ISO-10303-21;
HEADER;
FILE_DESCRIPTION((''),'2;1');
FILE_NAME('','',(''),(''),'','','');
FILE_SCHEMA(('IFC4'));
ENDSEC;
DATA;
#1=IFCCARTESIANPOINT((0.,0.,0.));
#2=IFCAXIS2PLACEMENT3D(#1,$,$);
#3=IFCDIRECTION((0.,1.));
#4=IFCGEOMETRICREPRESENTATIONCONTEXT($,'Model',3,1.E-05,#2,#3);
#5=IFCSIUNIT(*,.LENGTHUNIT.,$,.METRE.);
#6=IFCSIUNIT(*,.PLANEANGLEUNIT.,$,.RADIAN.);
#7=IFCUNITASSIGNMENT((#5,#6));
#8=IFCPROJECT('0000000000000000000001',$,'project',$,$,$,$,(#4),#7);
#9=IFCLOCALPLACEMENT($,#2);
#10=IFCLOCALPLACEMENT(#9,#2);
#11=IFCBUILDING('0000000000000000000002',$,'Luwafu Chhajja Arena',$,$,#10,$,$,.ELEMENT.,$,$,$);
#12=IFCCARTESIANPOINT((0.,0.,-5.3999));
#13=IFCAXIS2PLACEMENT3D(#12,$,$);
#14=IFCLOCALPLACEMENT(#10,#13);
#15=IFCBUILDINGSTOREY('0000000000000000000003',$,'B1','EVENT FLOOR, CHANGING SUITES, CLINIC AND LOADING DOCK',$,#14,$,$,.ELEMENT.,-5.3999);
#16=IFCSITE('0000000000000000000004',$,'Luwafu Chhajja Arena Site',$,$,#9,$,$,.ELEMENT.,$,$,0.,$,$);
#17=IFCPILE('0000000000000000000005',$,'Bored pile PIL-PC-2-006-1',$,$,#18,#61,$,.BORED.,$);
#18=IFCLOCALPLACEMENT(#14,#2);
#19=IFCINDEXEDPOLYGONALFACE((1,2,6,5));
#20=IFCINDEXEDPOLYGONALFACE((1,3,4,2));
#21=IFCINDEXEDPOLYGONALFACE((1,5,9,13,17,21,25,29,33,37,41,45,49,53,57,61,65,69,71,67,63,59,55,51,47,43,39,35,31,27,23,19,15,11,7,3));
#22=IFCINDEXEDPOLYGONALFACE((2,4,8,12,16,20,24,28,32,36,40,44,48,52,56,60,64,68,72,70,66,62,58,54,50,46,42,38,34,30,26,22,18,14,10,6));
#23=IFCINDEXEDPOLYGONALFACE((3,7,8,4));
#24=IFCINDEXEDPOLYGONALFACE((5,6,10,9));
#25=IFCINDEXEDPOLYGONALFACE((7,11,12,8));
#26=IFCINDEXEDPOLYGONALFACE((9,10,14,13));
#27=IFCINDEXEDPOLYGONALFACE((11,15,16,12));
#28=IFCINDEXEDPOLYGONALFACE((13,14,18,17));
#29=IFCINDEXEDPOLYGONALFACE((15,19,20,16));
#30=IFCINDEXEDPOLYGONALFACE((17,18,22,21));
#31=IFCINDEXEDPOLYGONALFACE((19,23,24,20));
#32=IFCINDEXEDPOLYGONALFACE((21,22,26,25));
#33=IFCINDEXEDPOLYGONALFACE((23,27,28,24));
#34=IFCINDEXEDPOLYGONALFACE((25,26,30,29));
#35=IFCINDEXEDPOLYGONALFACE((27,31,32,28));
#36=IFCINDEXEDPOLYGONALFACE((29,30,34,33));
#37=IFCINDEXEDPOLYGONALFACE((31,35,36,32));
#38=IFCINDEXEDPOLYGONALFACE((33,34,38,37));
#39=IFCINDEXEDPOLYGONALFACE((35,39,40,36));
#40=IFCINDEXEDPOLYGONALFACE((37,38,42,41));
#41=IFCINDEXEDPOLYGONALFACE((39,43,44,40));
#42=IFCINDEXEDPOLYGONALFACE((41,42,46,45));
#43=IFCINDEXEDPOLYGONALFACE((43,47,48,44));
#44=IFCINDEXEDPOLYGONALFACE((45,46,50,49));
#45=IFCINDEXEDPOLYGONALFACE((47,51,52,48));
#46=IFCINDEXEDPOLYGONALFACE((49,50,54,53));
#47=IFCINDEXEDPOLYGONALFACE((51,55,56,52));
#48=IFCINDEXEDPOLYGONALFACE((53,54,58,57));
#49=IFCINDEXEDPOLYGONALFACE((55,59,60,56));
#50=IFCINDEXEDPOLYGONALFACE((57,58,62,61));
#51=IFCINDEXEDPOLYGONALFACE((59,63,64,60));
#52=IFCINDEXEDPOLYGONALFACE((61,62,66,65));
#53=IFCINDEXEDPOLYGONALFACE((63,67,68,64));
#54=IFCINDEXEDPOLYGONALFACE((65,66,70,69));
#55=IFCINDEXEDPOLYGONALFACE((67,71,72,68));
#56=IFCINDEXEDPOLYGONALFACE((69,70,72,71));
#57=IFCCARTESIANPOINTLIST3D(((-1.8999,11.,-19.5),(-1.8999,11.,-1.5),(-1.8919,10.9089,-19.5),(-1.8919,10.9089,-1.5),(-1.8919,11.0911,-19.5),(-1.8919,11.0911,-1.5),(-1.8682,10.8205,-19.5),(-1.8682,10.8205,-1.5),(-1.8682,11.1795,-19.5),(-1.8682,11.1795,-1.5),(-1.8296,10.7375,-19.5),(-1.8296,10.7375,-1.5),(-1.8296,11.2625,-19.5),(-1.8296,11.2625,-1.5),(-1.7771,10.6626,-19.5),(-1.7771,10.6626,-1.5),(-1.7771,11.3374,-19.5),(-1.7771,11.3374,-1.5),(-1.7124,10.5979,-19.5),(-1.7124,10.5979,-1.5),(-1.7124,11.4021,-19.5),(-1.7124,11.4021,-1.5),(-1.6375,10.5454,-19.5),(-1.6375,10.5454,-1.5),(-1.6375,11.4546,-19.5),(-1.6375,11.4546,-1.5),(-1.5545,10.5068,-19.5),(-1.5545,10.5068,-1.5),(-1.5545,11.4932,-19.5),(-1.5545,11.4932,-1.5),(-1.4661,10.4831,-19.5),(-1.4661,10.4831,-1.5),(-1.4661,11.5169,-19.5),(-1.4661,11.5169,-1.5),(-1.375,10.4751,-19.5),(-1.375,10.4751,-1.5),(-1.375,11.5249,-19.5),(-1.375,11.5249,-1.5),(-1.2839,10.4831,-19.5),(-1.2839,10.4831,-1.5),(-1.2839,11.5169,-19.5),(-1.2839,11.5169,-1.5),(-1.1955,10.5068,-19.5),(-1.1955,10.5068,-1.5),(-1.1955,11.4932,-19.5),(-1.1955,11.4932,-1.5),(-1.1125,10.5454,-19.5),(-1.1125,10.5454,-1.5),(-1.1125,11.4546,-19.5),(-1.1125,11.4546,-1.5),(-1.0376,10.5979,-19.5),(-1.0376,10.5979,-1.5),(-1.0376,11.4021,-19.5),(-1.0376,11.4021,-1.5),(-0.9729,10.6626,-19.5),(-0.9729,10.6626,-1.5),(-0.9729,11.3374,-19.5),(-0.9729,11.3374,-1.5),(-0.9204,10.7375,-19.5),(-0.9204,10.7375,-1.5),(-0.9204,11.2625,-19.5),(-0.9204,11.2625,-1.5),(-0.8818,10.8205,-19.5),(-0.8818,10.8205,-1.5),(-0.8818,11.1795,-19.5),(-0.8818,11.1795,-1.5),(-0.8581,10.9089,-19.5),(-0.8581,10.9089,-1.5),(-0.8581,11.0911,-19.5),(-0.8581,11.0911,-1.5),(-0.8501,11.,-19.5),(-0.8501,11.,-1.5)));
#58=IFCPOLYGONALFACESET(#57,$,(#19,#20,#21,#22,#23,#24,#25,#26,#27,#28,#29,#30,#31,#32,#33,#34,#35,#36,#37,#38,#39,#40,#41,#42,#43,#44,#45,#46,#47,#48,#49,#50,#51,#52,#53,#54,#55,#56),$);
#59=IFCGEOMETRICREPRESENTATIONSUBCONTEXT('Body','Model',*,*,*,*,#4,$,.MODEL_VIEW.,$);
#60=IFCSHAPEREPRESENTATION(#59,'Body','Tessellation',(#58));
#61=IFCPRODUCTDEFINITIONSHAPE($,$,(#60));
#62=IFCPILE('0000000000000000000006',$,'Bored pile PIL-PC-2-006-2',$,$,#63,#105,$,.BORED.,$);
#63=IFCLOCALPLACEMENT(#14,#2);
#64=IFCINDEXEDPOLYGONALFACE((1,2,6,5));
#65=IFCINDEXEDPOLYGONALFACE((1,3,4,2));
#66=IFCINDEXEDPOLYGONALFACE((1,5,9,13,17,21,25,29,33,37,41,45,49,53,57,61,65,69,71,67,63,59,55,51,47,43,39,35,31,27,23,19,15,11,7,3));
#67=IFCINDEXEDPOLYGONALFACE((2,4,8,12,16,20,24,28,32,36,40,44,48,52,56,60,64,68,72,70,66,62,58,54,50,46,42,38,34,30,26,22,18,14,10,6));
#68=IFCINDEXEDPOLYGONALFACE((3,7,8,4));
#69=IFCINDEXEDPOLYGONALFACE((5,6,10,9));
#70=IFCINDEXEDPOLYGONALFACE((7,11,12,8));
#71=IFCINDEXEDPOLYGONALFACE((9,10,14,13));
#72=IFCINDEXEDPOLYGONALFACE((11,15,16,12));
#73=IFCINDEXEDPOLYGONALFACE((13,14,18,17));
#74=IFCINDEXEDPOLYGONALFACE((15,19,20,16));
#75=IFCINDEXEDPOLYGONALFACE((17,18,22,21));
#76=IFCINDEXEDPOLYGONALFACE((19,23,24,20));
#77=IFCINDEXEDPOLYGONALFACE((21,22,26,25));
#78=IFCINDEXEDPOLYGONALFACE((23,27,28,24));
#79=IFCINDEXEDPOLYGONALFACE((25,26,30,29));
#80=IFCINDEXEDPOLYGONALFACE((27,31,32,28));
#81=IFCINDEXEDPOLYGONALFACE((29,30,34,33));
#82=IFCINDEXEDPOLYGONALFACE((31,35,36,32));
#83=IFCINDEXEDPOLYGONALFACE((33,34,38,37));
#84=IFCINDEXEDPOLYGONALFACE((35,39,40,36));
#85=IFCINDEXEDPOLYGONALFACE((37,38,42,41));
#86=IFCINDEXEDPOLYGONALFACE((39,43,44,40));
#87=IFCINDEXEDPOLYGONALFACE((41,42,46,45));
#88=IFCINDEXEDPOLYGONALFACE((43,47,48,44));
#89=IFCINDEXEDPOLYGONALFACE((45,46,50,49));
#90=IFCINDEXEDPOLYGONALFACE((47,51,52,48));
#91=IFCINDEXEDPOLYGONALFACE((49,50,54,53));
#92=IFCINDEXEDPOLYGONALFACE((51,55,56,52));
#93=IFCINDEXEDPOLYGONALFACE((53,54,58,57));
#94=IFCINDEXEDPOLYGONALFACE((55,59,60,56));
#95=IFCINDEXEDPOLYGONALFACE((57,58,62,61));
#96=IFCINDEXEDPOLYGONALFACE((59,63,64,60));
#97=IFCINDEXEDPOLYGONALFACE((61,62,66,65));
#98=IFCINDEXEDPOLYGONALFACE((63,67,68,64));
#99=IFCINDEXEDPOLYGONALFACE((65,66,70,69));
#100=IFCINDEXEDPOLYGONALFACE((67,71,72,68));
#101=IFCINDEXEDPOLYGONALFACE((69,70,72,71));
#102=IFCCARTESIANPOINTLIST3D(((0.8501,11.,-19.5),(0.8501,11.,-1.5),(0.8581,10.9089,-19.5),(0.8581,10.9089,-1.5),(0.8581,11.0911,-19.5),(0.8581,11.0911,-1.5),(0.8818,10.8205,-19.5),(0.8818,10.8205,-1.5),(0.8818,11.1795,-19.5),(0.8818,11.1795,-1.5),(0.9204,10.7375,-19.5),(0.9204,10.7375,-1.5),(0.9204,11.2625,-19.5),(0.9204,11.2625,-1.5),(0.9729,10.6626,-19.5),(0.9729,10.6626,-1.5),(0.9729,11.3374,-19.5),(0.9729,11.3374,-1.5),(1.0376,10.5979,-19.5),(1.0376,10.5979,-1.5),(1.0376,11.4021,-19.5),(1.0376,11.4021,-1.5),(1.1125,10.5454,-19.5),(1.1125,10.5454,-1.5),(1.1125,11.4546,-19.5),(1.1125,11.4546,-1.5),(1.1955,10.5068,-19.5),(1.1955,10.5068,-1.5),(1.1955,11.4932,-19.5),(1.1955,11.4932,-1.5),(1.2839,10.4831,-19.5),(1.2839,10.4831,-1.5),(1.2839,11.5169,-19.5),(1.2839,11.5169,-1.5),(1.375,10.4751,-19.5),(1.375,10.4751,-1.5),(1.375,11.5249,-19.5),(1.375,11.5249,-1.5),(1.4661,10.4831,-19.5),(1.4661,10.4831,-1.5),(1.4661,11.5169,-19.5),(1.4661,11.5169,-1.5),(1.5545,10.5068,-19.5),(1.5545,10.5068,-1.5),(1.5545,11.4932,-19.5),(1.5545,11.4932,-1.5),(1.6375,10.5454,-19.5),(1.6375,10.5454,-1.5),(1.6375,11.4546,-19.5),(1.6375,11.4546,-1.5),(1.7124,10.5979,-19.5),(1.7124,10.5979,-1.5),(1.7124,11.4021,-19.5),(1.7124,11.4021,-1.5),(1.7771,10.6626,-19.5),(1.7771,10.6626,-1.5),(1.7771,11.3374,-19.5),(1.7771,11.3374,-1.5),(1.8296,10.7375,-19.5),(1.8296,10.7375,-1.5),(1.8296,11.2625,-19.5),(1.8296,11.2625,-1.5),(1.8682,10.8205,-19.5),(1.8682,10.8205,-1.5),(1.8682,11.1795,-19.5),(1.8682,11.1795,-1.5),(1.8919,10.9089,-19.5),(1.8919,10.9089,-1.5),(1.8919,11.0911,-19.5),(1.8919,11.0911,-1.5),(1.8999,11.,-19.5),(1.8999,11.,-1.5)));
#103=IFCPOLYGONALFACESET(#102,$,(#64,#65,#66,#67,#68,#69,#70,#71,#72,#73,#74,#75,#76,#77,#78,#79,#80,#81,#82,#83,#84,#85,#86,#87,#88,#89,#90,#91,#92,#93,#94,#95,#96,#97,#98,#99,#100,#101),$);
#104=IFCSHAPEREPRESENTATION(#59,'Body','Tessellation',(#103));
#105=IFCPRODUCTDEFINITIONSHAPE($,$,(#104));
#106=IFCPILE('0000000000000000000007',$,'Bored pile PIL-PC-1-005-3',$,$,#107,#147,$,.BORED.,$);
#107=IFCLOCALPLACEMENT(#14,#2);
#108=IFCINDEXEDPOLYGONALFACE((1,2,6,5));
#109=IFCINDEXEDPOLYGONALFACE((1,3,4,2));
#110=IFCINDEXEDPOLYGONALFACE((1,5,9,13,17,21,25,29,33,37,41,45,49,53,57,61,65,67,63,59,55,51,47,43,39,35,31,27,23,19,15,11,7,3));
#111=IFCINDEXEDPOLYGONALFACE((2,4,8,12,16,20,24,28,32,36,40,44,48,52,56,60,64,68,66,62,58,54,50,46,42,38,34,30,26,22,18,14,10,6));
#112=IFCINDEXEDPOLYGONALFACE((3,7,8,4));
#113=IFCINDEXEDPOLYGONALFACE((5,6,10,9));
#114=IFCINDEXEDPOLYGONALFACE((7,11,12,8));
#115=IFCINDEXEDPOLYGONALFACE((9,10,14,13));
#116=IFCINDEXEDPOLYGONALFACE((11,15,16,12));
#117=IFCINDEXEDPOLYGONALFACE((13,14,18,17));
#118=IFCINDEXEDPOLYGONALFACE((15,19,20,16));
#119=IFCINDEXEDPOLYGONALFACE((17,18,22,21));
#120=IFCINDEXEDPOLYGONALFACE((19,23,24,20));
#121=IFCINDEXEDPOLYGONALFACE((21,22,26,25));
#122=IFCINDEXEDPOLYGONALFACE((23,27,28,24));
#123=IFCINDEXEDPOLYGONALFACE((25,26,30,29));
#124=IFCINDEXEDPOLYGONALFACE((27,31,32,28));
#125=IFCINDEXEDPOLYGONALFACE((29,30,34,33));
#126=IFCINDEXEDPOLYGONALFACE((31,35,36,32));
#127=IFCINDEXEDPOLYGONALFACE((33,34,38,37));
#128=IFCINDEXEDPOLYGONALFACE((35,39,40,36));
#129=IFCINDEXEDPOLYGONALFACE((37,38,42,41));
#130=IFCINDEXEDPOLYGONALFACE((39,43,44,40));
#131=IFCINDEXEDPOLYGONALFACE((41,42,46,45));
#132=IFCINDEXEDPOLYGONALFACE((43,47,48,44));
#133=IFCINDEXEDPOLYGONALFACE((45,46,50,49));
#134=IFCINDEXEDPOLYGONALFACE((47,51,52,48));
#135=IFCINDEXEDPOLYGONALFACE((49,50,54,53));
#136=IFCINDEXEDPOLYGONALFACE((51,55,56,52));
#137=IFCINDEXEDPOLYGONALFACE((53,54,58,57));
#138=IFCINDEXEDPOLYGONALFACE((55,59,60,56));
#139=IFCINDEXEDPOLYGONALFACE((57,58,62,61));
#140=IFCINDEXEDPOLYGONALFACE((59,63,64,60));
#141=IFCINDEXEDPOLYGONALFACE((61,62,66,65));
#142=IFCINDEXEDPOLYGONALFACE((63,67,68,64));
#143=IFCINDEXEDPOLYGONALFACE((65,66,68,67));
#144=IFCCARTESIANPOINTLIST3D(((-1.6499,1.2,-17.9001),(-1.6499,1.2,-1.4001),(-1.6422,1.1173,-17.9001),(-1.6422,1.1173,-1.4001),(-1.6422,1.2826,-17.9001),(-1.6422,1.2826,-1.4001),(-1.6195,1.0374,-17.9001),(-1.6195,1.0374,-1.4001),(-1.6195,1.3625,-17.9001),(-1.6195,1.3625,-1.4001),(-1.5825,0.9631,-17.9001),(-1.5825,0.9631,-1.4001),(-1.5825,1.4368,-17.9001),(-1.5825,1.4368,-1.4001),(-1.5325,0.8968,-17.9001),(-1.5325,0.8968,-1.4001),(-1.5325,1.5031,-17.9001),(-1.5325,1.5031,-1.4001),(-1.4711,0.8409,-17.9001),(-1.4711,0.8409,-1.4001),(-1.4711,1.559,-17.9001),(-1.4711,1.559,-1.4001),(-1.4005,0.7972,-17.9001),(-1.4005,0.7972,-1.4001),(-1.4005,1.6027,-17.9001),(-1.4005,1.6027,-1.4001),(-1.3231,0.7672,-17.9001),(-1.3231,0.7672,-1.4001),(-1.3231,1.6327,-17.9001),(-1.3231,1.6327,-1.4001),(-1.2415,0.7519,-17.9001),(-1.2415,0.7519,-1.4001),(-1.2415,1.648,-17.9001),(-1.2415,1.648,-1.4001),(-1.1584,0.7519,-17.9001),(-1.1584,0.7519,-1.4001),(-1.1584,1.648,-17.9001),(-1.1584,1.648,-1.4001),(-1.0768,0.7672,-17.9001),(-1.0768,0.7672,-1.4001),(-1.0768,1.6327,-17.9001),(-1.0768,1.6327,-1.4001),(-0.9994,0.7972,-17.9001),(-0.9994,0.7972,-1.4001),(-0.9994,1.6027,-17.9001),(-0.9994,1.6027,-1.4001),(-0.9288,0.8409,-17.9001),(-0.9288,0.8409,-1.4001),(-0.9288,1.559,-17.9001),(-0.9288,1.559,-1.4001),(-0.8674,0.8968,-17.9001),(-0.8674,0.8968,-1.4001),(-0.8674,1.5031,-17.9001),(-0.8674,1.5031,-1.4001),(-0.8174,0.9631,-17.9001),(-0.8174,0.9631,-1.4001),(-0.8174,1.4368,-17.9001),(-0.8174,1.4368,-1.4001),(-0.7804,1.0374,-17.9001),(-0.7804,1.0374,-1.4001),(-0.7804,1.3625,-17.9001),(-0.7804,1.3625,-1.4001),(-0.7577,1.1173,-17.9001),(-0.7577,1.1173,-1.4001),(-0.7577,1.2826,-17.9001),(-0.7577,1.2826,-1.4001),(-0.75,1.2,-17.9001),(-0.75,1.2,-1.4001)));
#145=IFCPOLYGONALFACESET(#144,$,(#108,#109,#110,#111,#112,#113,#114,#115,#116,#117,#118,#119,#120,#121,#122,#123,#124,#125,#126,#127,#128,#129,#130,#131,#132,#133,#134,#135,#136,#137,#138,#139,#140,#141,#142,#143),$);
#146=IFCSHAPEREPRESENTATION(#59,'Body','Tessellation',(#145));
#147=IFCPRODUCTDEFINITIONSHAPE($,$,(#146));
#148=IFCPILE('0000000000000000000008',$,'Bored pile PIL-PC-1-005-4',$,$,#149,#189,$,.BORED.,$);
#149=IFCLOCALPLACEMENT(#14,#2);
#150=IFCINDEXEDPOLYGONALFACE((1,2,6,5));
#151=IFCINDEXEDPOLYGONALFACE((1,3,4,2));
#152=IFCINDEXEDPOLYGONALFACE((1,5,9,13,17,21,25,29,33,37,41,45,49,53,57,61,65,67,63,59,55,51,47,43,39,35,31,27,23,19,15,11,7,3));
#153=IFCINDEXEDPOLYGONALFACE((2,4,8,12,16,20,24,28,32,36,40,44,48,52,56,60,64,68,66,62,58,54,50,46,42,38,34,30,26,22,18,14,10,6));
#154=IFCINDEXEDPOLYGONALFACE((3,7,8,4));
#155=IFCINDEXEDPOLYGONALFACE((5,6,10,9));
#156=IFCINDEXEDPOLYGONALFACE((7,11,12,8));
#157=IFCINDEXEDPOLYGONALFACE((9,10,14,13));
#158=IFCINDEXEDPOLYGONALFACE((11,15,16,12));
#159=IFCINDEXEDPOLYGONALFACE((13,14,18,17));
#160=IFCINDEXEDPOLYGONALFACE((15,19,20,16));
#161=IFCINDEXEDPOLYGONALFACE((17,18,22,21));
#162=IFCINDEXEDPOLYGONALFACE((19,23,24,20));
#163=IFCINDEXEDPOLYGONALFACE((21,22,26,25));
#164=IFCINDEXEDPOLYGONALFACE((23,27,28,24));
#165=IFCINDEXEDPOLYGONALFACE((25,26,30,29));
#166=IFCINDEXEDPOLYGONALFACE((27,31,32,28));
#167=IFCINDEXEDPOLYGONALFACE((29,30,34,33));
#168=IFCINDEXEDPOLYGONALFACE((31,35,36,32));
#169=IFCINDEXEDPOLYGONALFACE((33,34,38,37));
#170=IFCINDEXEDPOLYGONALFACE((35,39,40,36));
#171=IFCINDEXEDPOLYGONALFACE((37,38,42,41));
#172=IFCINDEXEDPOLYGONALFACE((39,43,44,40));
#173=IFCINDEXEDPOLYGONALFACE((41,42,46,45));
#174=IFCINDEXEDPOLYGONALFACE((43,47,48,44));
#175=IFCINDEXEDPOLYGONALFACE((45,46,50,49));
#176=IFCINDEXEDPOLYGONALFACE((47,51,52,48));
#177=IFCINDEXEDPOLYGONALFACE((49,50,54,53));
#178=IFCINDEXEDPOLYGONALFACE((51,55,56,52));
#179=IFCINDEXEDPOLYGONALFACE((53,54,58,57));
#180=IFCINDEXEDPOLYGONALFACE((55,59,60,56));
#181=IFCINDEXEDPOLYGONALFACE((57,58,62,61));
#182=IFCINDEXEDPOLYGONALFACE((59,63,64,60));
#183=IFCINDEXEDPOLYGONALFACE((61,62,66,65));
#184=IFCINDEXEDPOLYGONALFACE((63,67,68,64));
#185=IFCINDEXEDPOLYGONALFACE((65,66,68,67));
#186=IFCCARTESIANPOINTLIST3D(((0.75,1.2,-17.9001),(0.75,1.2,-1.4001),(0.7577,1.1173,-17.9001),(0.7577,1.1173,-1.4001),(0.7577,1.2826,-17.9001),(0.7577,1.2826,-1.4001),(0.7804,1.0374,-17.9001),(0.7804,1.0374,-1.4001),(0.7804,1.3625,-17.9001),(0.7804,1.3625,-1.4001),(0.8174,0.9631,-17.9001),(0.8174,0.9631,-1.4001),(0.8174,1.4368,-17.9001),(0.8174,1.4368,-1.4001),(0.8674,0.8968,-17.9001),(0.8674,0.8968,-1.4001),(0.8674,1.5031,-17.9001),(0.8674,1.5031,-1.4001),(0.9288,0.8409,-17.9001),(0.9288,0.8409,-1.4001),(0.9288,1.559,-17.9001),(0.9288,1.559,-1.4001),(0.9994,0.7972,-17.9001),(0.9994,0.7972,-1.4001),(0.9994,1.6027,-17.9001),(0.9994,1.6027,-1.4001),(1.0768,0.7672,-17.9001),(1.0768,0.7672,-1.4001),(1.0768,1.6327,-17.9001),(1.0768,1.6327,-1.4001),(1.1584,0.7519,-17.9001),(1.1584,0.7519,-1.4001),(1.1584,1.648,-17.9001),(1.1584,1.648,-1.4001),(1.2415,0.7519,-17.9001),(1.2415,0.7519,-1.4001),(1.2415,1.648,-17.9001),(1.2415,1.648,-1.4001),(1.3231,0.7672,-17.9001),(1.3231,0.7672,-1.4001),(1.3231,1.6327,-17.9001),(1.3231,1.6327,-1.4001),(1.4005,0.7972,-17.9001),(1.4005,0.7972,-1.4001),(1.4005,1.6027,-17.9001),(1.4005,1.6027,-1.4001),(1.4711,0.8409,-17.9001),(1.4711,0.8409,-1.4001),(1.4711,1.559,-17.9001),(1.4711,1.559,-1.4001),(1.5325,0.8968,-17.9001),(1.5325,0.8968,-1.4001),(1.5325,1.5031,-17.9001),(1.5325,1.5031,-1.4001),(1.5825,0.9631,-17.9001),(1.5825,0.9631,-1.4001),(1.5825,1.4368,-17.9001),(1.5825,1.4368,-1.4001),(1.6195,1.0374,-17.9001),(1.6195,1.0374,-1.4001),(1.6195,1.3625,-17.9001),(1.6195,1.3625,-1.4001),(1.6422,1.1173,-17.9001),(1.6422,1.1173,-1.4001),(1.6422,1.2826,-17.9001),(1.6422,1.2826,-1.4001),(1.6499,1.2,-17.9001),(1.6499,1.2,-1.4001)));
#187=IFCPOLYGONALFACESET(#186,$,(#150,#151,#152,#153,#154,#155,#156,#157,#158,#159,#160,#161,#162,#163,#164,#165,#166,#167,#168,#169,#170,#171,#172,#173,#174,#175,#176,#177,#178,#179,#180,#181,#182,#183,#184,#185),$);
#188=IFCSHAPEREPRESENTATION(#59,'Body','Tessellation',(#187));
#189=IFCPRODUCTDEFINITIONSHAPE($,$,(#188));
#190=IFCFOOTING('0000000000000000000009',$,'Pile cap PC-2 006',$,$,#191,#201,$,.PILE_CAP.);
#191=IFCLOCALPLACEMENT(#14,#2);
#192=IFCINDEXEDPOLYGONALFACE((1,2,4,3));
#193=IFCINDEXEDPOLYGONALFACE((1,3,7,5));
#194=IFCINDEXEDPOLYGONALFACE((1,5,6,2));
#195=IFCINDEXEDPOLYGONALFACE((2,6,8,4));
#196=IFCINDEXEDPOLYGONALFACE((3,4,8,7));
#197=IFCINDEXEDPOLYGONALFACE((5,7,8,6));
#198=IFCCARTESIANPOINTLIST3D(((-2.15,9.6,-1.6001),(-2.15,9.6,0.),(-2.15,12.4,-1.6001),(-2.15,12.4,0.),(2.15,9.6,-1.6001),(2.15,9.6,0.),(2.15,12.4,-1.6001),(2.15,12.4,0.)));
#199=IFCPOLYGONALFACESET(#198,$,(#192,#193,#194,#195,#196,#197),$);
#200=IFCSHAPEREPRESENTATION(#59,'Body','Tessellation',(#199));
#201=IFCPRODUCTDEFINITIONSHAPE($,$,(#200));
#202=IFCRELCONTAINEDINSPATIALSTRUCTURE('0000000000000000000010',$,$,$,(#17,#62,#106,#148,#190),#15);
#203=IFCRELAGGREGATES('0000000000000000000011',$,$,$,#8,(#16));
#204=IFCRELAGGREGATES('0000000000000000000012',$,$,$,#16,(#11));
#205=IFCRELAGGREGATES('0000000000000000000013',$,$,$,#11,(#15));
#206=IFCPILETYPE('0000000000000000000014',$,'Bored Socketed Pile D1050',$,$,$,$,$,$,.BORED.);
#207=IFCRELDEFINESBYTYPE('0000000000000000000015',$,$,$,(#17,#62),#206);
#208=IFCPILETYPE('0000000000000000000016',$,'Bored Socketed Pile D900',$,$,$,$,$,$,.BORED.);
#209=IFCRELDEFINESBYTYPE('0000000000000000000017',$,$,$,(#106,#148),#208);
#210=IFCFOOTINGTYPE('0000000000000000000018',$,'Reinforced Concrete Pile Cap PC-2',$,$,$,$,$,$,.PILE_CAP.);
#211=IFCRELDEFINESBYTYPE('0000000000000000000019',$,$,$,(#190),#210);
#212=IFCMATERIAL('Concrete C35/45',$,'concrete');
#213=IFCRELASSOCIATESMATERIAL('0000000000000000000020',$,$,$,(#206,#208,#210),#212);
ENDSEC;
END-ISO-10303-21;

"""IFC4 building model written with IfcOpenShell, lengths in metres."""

from ifc_helpers import new_model, si_unit, direction, frame, origin, origin_2d, place, context, subcontext, project, spatial, rectangle, circle, extrude, material, material_profile, profile_set, type_object, element, save


model = new_model("IFC4")

# Units and contexts
model_context = context("Model", 3, precision=1e-05, world=origin(), true_north=direction((0.0, 1.0)))
body_context = subcontext(model_context, "Body", "Model", "MODEL_VIEW")
ifc_project = project(units=[si_unit("LENGTHUNIT", "METRE"), si_unit("PLANEANGLEUNIT", "RADIAN")], contexts=[model_context])

# Site, building, storey
site_placement = place(None, origin())
site = spatial("IfcSite", under=ifc_project, at=site_placement, Name="Luwafu Chhajja Arena Site", CompositionType="ELEMENT", RefElevation=0.0)
building_placement = place(site_placement, origin())
building = spatial("IfcBuilding", under=site, at=building_placement, Name="Luwafu Chhajja Arena", CompositionType="ELEMENT")
storey_placement = place(building_placement, frame((0.0, 0.0, -5.3999)))
storey = spatial("IfcBuildingStorey", under=building, at=storey_placement, Name="B1", Description="EVENT FLOOR, CHANGING SUITES, CLINIC AND LOADING DOCK", CompositionType="ELEMENT", Elevation=-5.3999)

# Piles
ifc_material_1 = material(Name="Concrete C35/45", Category="concrete")
ifc_material_profile_1 = material_profile(ifc_material_1, circle(Radius=0.5249, at=origin_2d()), Name="PILE D1050")
ifc_profile_set_1 = profile_set([ifc_material_profile_1], Name="Concrete C35/45")
pile_type_1 = type_object("IfcPileType", Name="Bored Socketed Pile D1050", PredefinedType="BORED", material=ifc_profile_set_1)
for number, where, z_axis, x_axis, name in (
    (1, (-1.375, 11.0, -1.5), (0.0, 0.0, -1.0), (1.0, 0.0, 0.0), "Bored pile PIL-PC-2-006-1"),
    (2, (1.375, 11.0, -1.5), (0.0, 0.0, -1.0), (1.0, 0.0, 0.0), "Bored pile PIL-PC-2-006-2"),
):
    element("IfcPile", number, at=place(storey_placement, frame(where, z_axis=z_axis, x_axis=x_axis)), inside=storey, type_object=pile_type_1, Name=name, PredefinedType="BORED", context=body_context, shape_type="SweptSolid", body=[
        extrude(circle(Radius=0.5249, at=origin_2d()), origin(), (0.0, 0.0, 1.0), 18.0),
    ])
ifc_material_profile_2 = material_profile(ifc_material_1, circle(Radius=0.45, at=origin_2d()), Name="PILE D900")
ifc_profile_set_2 = profile_set([ifc_material_profile_2], Name="Concrete C35/45")
pile_type_2 = type_object("IfcPileType", Name="Bored Socketed Pile D900", PredefinedType="BORED", material=ifc_profile_set_2)
for number, where, z_axis, x_axis, name in (
    (3, (-1.2, 1.2, -1.4001), (0.0, 0.0, -1.0), (1.0, 0.0, 0.0), "Bored pile PIL-PC-1-005-3"),
    (4, (1.2, 1.2, -1.4001), (0.0, 0.0, -1.0), (1.0, 0.0, 0.0), "Bored pile PIL-PC-1-005-4"),
):
    element("IfcPile", number, at=place(storey_placement, frame(where, z_axis=z_axis, x_axis=x_axis)), inside=storey, type_object=pile_type_2, Name=name, PredefinedType="BORED", context=body_context, shape_type="SweptSolid", body=[
        extrude(circle(Radius=0.45, at=origin_2d()), origin(), (0.0, 0.0, 1.0), 16.5),
    ])

# Footing
footing_type = type_object("IfcFootingType", Name="Reinforced Concrete Pile Cap PC-2", PredefinedType="PILE_CAP", material=ifc_material_1)
footing_placement = place(storey_placement, frame((0.0, 11.0, -1.6001), z_axis=(0.0, 0.0, 1.0), x_axis=(1.0, 0.0, 0.0)))
element("IfcFooting", 5, at=footing_placement, inside=storey, type_object=footing_type, Name="Pile cap PC-2 006", PredefinedType="PILE_CAP", context=body_context, shape_type="SweptSolid", body=[
    extrude(rectangle(XDim=4.3, YDim=2.8, at=origin_2d()), origin(), (0.0, 0.0, 1.0), 1.6001),
])

save(model, "model.ifc")
